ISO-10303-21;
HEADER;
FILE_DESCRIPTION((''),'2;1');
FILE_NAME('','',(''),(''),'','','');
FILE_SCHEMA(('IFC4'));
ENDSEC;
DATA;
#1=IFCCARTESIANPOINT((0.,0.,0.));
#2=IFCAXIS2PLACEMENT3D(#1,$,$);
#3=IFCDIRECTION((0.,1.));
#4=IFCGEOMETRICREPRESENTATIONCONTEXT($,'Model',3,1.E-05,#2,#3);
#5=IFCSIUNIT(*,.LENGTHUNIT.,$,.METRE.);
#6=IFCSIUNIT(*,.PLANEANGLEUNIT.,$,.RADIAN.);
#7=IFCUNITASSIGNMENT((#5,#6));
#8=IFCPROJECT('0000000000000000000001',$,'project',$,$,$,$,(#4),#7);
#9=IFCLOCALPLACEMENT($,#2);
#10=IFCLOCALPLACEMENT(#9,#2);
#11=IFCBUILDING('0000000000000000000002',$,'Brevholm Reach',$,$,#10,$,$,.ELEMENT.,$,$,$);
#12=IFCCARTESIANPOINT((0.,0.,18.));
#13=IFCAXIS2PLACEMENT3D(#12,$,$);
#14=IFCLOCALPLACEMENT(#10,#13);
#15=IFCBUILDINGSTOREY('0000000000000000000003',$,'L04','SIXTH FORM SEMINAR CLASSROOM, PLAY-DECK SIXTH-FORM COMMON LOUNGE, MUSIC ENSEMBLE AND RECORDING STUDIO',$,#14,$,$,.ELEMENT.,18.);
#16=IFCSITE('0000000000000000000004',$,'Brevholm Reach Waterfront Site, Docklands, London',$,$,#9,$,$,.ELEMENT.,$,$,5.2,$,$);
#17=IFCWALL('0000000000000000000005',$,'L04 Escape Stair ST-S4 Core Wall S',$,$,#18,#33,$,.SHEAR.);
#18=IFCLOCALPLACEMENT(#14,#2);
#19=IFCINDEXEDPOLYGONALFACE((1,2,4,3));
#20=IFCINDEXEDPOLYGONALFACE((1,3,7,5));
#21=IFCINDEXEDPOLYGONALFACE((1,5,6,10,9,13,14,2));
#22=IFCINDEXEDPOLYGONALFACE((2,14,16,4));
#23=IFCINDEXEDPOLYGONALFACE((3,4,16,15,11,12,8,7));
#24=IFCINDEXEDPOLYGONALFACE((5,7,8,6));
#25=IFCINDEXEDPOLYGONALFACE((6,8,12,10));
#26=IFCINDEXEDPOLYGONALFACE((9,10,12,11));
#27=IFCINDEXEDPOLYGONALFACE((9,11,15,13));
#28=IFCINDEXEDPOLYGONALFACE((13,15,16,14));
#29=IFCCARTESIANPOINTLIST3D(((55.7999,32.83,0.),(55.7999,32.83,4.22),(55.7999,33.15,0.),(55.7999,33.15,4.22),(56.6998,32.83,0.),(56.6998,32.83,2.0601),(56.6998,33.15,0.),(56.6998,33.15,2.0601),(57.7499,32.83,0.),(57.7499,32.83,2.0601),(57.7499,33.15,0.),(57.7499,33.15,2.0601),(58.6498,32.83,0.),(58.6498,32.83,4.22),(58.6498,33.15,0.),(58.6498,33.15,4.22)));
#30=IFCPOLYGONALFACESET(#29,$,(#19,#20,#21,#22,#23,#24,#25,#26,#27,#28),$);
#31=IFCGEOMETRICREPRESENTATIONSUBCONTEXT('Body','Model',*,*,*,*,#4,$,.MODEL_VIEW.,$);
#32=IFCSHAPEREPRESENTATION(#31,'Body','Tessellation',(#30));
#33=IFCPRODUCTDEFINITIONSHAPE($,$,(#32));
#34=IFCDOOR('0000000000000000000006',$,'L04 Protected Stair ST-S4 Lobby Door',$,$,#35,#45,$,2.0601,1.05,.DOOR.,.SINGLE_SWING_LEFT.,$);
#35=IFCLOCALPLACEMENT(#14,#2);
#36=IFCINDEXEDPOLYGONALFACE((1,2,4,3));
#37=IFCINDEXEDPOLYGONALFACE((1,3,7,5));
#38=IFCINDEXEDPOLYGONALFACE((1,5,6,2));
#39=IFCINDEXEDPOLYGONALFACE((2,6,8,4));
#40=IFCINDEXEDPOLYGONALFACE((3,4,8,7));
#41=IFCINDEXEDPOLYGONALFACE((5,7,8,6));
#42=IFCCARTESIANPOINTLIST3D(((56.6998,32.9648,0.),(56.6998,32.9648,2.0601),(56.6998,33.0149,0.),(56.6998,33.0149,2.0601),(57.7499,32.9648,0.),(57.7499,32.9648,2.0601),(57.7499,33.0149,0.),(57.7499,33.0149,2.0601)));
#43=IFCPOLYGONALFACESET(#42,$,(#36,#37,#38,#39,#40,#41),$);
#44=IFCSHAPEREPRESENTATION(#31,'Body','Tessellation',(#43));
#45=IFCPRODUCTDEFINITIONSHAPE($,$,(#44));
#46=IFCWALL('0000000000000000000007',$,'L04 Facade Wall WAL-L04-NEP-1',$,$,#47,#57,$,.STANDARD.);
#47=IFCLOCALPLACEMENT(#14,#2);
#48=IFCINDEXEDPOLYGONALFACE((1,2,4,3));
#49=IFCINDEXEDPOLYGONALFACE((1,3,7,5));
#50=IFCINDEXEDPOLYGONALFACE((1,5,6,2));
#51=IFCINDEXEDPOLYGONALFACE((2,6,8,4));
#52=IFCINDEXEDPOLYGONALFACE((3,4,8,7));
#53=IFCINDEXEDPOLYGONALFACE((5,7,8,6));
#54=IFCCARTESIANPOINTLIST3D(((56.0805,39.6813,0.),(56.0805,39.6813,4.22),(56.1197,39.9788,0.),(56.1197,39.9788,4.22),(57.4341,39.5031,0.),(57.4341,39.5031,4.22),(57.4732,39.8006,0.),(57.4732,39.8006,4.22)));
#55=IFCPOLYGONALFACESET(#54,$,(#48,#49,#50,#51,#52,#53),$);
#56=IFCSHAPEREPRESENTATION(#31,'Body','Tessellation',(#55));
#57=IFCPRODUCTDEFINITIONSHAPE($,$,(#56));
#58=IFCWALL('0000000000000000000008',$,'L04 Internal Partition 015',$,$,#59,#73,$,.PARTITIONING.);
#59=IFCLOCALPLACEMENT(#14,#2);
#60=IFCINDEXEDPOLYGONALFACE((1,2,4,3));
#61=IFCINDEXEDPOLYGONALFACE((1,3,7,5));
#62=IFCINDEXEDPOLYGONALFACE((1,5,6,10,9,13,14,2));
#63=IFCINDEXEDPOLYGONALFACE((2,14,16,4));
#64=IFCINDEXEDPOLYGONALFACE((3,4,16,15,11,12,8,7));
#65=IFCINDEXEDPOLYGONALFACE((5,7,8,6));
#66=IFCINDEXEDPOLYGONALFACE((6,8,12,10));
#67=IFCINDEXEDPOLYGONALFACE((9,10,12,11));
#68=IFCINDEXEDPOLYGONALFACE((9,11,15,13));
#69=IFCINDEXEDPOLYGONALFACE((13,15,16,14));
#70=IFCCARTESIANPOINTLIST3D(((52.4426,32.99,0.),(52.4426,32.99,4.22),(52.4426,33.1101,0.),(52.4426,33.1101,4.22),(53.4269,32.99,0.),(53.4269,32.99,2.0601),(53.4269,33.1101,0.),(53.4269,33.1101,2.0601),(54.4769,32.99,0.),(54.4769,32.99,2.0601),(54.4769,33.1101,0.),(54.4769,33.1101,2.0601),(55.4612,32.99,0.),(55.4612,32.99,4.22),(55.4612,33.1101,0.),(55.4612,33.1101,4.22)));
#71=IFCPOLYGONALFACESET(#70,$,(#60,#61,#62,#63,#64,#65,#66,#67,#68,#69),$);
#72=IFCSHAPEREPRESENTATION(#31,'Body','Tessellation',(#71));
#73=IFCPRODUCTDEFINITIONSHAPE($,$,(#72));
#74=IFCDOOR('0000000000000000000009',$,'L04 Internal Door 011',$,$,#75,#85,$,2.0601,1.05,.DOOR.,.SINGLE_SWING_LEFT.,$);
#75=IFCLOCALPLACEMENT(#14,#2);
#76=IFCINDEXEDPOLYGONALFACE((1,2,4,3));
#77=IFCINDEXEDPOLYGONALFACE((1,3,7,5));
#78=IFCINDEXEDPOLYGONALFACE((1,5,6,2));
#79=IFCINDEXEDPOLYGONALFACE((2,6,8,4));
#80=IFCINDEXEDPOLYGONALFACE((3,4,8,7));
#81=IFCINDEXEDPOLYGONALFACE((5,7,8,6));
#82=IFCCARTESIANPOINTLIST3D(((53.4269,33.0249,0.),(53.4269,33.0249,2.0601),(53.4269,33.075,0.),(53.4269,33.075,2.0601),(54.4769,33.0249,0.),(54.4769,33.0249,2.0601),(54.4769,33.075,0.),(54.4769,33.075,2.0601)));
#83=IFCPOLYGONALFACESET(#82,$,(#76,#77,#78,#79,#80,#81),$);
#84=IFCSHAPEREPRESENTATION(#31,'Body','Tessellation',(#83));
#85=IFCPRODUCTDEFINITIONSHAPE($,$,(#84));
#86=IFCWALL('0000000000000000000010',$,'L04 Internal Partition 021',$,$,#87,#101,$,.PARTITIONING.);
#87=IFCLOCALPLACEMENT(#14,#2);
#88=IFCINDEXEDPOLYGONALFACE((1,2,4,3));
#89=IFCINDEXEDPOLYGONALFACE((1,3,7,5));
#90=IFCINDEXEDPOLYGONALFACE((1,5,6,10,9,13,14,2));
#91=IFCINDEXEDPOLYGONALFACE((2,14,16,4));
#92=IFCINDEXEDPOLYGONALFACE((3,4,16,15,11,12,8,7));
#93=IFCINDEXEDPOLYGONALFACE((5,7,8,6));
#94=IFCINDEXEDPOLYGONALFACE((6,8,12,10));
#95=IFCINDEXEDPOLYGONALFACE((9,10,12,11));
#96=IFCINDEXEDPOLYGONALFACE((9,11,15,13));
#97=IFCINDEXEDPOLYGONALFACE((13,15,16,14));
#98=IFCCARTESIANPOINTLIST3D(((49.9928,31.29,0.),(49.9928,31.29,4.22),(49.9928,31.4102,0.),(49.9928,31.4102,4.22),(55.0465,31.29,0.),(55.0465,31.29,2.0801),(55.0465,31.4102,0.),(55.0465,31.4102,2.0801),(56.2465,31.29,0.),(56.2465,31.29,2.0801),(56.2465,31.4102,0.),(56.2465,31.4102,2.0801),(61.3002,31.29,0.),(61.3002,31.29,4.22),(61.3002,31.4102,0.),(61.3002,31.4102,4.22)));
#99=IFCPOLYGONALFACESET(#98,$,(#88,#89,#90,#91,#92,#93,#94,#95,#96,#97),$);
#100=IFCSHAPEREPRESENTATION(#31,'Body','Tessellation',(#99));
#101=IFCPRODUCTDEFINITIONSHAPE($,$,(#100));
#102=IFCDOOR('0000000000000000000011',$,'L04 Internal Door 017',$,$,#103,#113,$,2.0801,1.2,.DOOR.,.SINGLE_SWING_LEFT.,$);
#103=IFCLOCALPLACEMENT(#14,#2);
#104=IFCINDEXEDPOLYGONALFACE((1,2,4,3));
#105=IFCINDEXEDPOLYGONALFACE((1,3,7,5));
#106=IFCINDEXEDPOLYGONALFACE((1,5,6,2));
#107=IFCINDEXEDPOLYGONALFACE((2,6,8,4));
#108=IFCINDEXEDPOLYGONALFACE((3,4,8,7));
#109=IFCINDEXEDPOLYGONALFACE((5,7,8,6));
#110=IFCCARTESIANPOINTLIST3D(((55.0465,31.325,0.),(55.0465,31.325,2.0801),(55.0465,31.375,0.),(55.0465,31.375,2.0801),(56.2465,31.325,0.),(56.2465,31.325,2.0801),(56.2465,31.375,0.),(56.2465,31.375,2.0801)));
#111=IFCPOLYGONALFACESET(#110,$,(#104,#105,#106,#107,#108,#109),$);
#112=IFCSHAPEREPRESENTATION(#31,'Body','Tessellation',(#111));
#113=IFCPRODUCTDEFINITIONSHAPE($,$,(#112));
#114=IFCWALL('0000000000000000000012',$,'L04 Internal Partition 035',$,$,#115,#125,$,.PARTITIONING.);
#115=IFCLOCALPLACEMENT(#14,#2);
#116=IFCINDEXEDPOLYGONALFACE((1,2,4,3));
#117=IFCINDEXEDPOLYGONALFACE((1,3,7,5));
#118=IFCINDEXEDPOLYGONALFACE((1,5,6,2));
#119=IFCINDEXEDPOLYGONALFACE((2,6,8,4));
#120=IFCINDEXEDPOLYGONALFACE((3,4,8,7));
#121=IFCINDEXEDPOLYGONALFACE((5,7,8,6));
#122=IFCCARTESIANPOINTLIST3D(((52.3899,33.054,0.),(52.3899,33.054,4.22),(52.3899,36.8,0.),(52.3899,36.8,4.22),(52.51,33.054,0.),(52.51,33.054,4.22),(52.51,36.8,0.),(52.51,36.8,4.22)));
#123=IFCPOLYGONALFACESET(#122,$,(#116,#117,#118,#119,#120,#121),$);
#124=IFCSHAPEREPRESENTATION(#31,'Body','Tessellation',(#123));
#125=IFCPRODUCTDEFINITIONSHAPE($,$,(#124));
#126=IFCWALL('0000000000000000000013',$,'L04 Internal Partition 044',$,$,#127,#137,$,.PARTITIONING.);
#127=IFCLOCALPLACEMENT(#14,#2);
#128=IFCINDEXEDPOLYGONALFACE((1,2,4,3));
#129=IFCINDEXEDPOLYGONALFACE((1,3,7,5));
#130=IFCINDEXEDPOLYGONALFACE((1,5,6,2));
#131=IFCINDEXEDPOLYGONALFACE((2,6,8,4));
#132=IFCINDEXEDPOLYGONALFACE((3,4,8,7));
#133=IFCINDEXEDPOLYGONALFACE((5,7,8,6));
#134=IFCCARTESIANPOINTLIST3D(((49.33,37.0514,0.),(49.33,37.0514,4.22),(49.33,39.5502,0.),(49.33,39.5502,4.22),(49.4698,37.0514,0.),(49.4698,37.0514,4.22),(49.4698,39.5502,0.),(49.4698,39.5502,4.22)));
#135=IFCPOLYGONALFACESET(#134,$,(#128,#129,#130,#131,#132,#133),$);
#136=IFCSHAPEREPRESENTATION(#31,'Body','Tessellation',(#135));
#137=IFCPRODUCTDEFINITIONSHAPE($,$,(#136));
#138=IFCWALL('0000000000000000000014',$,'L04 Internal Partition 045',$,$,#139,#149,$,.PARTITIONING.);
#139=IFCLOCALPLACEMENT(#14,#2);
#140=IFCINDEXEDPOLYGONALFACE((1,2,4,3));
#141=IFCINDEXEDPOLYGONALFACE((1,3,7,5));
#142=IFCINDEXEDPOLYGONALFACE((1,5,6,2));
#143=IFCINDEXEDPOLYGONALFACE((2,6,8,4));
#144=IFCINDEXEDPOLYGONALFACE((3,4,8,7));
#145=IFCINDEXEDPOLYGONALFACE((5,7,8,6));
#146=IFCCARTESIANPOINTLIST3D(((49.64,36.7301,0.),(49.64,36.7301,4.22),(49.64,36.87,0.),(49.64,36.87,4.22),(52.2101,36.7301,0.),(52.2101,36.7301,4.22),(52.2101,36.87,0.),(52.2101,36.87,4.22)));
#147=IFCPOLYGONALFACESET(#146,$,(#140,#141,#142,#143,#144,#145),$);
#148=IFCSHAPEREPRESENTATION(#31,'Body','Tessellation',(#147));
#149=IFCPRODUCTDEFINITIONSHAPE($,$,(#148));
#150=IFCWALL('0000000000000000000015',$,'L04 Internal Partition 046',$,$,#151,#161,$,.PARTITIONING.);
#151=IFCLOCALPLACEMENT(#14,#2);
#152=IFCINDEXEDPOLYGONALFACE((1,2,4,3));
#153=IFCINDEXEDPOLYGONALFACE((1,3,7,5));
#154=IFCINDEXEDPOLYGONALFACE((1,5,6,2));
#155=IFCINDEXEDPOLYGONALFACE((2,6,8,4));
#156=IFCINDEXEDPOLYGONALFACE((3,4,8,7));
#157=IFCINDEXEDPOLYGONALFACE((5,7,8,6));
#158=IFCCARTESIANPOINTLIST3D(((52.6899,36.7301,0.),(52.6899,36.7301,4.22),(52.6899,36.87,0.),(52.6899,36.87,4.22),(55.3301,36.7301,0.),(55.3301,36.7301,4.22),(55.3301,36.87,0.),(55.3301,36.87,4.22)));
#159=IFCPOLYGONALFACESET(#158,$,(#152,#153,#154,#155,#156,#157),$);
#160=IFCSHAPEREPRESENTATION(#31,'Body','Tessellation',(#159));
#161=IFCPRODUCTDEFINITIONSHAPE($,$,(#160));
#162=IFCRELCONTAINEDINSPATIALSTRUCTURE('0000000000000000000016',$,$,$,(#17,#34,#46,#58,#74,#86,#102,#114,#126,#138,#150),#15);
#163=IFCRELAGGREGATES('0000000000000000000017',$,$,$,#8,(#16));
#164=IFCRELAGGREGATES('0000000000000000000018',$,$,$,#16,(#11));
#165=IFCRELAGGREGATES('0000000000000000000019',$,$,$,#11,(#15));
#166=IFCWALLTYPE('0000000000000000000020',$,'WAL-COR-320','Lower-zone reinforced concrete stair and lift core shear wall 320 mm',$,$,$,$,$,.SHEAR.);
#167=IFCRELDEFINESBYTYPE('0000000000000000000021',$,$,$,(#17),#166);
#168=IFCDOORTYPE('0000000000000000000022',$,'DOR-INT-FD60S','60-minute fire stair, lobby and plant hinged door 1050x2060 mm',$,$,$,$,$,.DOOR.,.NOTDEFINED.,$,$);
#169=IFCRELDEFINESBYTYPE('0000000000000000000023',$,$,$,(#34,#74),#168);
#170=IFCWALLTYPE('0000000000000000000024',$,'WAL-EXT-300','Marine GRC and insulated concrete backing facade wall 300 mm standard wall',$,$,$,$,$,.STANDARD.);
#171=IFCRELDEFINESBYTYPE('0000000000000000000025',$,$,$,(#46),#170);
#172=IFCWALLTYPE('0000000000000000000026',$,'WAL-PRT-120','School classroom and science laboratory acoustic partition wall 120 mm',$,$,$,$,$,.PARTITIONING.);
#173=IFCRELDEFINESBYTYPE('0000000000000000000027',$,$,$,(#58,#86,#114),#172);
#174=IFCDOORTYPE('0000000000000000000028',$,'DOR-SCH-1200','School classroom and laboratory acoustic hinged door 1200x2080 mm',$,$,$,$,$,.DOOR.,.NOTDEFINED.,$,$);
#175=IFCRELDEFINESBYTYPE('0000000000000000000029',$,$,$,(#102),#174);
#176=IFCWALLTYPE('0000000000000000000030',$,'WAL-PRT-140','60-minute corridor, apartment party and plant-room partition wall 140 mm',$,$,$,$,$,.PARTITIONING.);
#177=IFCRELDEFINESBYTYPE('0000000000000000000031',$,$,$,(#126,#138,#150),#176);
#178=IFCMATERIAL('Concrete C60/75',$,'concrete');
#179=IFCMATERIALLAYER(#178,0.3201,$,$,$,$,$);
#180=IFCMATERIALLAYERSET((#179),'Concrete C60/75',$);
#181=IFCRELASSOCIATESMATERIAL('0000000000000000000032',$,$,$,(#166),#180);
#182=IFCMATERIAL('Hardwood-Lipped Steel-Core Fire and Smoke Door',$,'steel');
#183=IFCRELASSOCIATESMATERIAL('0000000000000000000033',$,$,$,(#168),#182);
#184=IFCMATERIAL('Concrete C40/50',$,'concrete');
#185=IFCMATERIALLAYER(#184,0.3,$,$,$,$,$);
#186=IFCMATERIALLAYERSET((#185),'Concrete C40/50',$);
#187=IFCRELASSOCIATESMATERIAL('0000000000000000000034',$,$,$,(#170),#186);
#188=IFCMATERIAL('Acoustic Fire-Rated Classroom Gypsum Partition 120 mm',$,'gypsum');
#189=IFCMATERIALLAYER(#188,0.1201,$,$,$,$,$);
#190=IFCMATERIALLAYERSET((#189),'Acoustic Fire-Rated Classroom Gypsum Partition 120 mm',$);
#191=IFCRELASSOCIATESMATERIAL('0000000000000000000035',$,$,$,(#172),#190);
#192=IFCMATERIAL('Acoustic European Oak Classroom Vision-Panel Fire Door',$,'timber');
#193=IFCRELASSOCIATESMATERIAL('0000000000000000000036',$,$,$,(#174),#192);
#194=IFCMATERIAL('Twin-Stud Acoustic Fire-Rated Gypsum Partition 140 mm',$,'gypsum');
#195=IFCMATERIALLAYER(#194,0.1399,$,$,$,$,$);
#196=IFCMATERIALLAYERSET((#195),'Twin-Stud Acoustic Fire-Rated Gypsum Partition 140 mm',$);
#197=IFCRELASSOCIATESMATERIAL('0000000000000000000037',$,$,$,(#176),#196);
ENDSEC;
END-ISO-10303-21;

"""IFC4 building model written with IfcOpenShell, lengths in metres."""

from ifc_helpers import new_model, si_unit, direction, frame, frame_2d, origin, place, context, subcontext, project, spatial, rectangle, extrude, material, layer, layer_set, type_object, element, fill, save


model = new_model("IFC4")

# Units and contexts
model_context = context("Model", 3, precision=1e-05, world=origin(), true_north=direction((0.0, 1.0)))
body_context = subcontext(model_context, "Body", "Model", "MODEL_VIEW")
ifc_project = project(units=[si_unit("LENGTHUNIT", "METRE"), si_unit("PLANEANGLEUNIT", "RADIAN")], contexts=[model_context])

# Site, building, storey
site_placement = place(None, origin())
site = spatial("IfcSite", under=ifc_project, at=site_placement, Name="Brevholm Reach Waterfront Site, Docklands, London", CompositionType="ELEMENT", RefElevation=5.2)
building_placement = place(site_placement, origin())
building = spatial("IfcBuilding", under=site, at=building_placement, Name="Brevholm Reach", CompositionType="ELEMENT")
storey_placement = place(building_placement, frame((0.0, 0.0, 18.0)))
storey = spatial("IfcBuildingStorey", under=building, at=storey_placement, Name="L04", Description="SIXTH FORM SEMINAR CLASSROOM, PLAY-DECK SIXTH-FORM COMMON LOUNGE, MUSIC ENSEMBLE AND RECORDING STUDIO", CompositionType="ELEMENT", Elevation=18.0)

# Shared definitions
ifc_material_1 = material(Name="Concrete C60/75", Category="concrete")
ifc_layer_1 = layer(ifc_material_1, 0.3201)
ifc_layer_set_1 = layer_set([ifc_layer_1], Name="Concrete C60/75")
wall_type_1 = type_object("IfcWallType", Name="WAL-COR-320", Description="Lower-zone reinforced concrete stair and lift core shear wall 320 mm", PredefinedType="SHEAR", material=ifc_layer_set_1)

# Wall, opening, door
wall_1_placement = place(storey_placement, frame((55.8, 32.99, 0.0), z_axis=(0.0, 0.0, 1.0), x_axis=(1.0, 0.0, 0.0)))
wall_1 = element("IfcWall", 1, at=wall_1_placement, inside=storey, type_object=wall_type_1, Name="L04 Escape Stair ST-S4 Core Wall S", PredefinedType="SHEAR", context=body_context, shape_type="SweptSolid", body=[
    extrude(rectangle(XDim=2.8499, YDim=0.3201, at=frame_2d((1.4248, 0.0))), origin(), (0.0, 0.0, 1.0), 4.22),
])
opening_1_placement = place(wall_1_placement, frame((0.8999, 0.0, 0.0)))
opening_1 = element("IfcOpeningElement", 2, at=opening_1_placement, cuts=wall_1, PredefinedType="OPENING", context=body_context, shape_type="SweptSolid", body=[
    extrude(rectangle(XDim=1.05, YDim=2.0601, at=frame_2d((0.5249, 1.03))), frame((0.0, 0.1699, 0.0), z_axis=(0.0, -1.0, 0.0), x_axis=(1.0, 0.0, 0.0)), (0.0, 0.0, 1.0), 0.3401),
])
ifc_material_2 = material(Name="Hardwood-Lipped Steel-Core Fire and Smoke Door", Category="steel")
door_type_1 = type_object("IfcDoorType", Name="DOR-INT-FD60S", Description="60-minute fire stair, lobby and plant hinged door 1050x2060 mm", OperationType="NOTDEFINED", PredefinedType="DOOR", material=ifc_material_2)
door_1_placement = place(opening_1_placement, origin())
door_1 = element("IfcDoor", 3, at=door_1_placement, inside=storey, type_object=door_type_1, Name="L04 Protected Stair ST-S4 Lobby Door", OperationType="SINGLE_SWING_LEFT", OverallHeight=2.0601, OverallWidth=1.05, PredefinedType="DOOR", context=body_context, shape_type="SweptSolid", body=[
    extrude(rectangle(XDim=1.05, YDim=2.0601, at=frame_2d((0.5249, 1.03))), frame((0.0, 0.0249, 0.0), z_axis=(0.0, -1.0, 0.0), x_axis=(1.0, 0.0, 0.0)), (0.0, 0.0, 1.0), 0.05),
])
fill(opening_1, door_1)

# Wall
ifc_material_3 = material(Name="Concrete C40/50", Category="concrete")
ifc_layer_2 = layer(ifc_material_3, 0.3)
ifc_layer_set_2 = layer_set([ifc_layer_2], Name="Concrete C40/50")
wall_type_2 = type_object("IfcWallType", Name="WAL-EXT-300", Description="Marine GRC and insulated concrete backing facade wall 300 mm standard wall", PredefinedType="STANDARD", material=ifc_layer_set_2)
wall_2_placement = place(storey_placement, frame((56.1001, 39.8301, 0.0), z_axis=(0.0, 0.0, 1.0), x_axis=(0.991442, -0.130547, 0.0)))
element("IfcWall", 4, at=wall_2_placement, inside=storey, type_object=wall_type_2, Name="L04 Facade Wall WAL-L04-NEP-1", PredefinedType="STANDARD", context=body_context, shape_type="SweptSolid", body=[
    extrude(rectangle(XDim=1.3652, YDim=0.3, at=frame_2d((0.6826, 0.0))), origin(), (0.0, 0.0, 1.0), 4.22),
])

# Walls, openings, doors
ifc_material_4 = material(Name="Acoustic Fire-Rated Classroom Gypsum Partition 120 mm", Category="gypsum")
ifc_layer_3 = layer(ifc_material_4, 0.1201)
ifc_layer_set_3 = layer_set([ifc_layer_3], Name="Acoustic Fire-Rated Classroom Gypsum Partition 120 mm")
wall_type_3 = type_object("IfcWallType", Name="WAL-PRT-120", Description="School classroom and science laboratory acoustic partition wall 120 mm", PredefinedType="PARTITIONING", material=ifc_layer_set_3)
wall_3_placement = place(storey_placement, frame((52.4426, 33.05, 0.0), z_axis=(0.0, 0.0, 1.0), x_axis=(1.0, 0.0, 0.0)))
wall_3 = element("IfcWall", 5, at=wall_3_placement, inside=storey, type_object=wall_type_3, Name="L04 Internal Partition 015", PredefinedType="PARTITIONING", context=body_context, shape_type="SweptSolid", body=[
    extrude(rectangle(XDim=3.0186, YDim=0.1201, at=frame_2d((1.5093, 0.0))), origin(), (0.0, 0.0, 1.0), 4.22),
])
opening_2_placement = place(wall_3_placement, frame((0.9844, 0.0, 0.0)))
opening_2 = element("IfcOpeningElement", 6, at=opening_2_placement, cuts=wall_3, PredefinedType="OPENING", context=body_context, shape_type="SweptSolid", body=[
    extrude(rectangle(XDim=1.05, YDim=2.0601, at=frame_2d((0.5249, 1.03))), frame((0.0, 0.0701, 0.0), z_axis=(0.0, -1.0, 0.0), x_axis=(1.0, 0.0, 0.0)), (0.0, 0.0, 1.0), 0.1401),
])
door_2_placement = place(opening_2_placement, origin())
door_2 = element("IfcDoor", 7, at=door_2_placement, inside=storey, type_object=door_type_1, Name="L04 Internal Door 011", OperationType="SINGLE_SWING_LEFT", OverallHeight=2.0601, OverallWidth=1.05, PredefinedType="DOOR", context=body_context, shape_type="SweptSolid", body=[
    extrude(rectangle(XDim=1.05, YDim=2.0601, at=frame_2d((0.5249, 1.03))), frame((0.0, 0.0249, 0.0), z_axis=(0.0, -1.0, 0.0), x_axis=(1.0, 0.0, 0.0)), (0.0, 0.0, 1.0), 0.05),
])
fill(opening_2, door_2)
wall_4_placement = place(storey_placement, frame((49.9927, 31.3501, 0.0), z_axis=(0.0, 0.0, 1.0), x_axis=(1.0, 0.0, 0.0)))
wall_4 = element("IfcWall", 8, at=wall_4_placement, inside=storey, type_object=wall_type_3, Name="L04 Internal Partition 021", PredefinedType="PARTITIONING", context=body_context, shape_type="SweptSolid", body=[
    extrude(rectangle(XDim=11.3074, YDim=0.1201, at=frame_2d((5.6538, 0.0))), origin(), (0.0, 0.0, 1.0), 4.22),
])
opening_3_placement = place(wall_4_placement, frame((5.0537, 0.0, 0.0)))
opening_3 = element("IfcOpeningElement", 9, at=opening_3_placement, cuts=wall_4, PredefinedType="OPENING", context=body_context, shape_type="SweptSolid", body=[
    extrude(rectangle(XDim=1.2, YDim=2.0801, at=frame_2d((0.6001, 1.04))), frame((0.0, 0.0701, 0.0), z_axis=(0.0, -1.0, 0.0), x_axis=(1.0, 0.0, 0.0)), (0.0, 0.0, 1.0), 0.1401),
])
ifc_material_5 = material(Name="Acoustic European Oak Classroom Vision-Panel Fire Door", Category="timber")
door_type_2 = type_object("IfcDoorType", Name="DOR-SCH-1200", Description="School classroom and laboratory acoustic hinged door 1200x2080 mm", OperationType="NOTDEFINED", PredefinedType="DOOR", material=ifc_material_5)
door_3_placement = place(opening_3_placement, origin())
door_3 = element("IfcDoor", 10, at=door_3_placement, inside=storey, type_object=door_type_2, Name="L04 Internal Door 017", OperationType="SINGLE_SWING_LEFT", OverallHeight=2.0801, OverallWidth=1.2, PredefinedType="DOOR", context=body_context, shape_type="SweptSolid", body=[
    extrude(rectangle(XDim=1.2, YDim=2.0801, at=frame_2d((0.6001, 1.04))), frame((0.0, 0.0249, 0.0), z_axis=(0.0, -1.0, 0.0), x_axis=(1.0, 0.0, 0.0)), (0.0, 0.0, 1.0), 0.05),
])
fill(opening_3, door_3)

# Walls
wall_5_placement = place(storey_placement, frame((52.45, 33.054, 0.0), z_axis=(0.0, 0.0, 1.0), x_axis=(0.0, 1.0, 0.0)))
element("IfcWall", 11, at=wall_5_placement, inside=storey, type_object=wall_type_3, Name="L04 Internal Partition 035", PredefinedType="PARTITIONING", context=body_context, shape_type="SweptSolid", body=[
    extrude(rectangle(XDim=3.7461, YDim=0.1201, at=frame_2d((1.873, 0.0))), origin(), (0.0, 0.0, 1.0), 4.22),
])
ifc_material_6 = material(Name="Twin-Stud Acoustic Fire-Rated Gypsum Partition 140 mm", Category="gypsum")
ifc_layer_4 = layer(ifc_material_6, 0.1399)
ifc_layer_set_4 = layer_set([ifc_layer_4], Name="Twin-Stud Acoustic Fire-Rated Gypsum Partition 140 mm")
wall_type_4 = type_object("IfcWallType", Name="WAL-PRT-140", Description="60-minute corridor, apartment party and plant-room partition wall 140 mm", PredefinedType="PARTITIONING", material=ifc_layer_set_4)
wall_6_placement = place(storey_placement, frame((49.3999, 37.0513, 0.0), z_axis=(0.0, 0.0, 1.0), x_axis=(0.0, 1.0, 0.0)))
element("IfcWall", 12, at=wall_6_placement, inside=storey, type_object=wall_type_4, Name="L04 Internal Partition 044", PredefinedType="PARTITIONING", context=body_context, shape_type="SweptSolid", body=[
    extrude(rectangle(XDim=2.4988, YDim=0.1399, at=frame_2d((1.2495, 0.0))), origin(), (0.0, 0.0, 1.0), 4.22),
])
wall_7_placement = place(storey_placement, frame((49.6399, 36.8, 0.0), z_axis=(0.0, 0.0, 1.0), x_axis=(1.0, 0.0, 0.0)))
element("IfcWall", 13, at=wall_7_placement, inside=storey, type_object=wall_type_4, Name="L04 Internal Partition 045", PredefinedType="PARTITIONING", context=body_context, shape_type="SweptSolid", body=[
    extrude(rectangle(XDim=2.5701, YDim=0.1399, at=frame_2d((1.2852, 0.0))), origin(), (0.0, 0.0, 1.0), 4.22),
])
wall_8_placement = place(storey_placement, frame((52.6899, 36.8, 0.0), z_axis=(0.0, 0.0, 1.0), x_axis=(1.0, 0.0, 0.0)))
element("IfcWall", 14, at=wall_8_placement, inside=storey, type_object=wall_type_4, Name="L04 Internal Partition 046", PredefinedType="PARTITIONING", context=body_context, shape_type="SweptSolid", body=[
    extrude(rectangle(XDim=2.6401, YDim=0.1399, at=frame_2d((1.3201, 0.0))), origin(), (0.0, 0.0, 1.0), 4.22),
])

save(model, "model.ifc")
